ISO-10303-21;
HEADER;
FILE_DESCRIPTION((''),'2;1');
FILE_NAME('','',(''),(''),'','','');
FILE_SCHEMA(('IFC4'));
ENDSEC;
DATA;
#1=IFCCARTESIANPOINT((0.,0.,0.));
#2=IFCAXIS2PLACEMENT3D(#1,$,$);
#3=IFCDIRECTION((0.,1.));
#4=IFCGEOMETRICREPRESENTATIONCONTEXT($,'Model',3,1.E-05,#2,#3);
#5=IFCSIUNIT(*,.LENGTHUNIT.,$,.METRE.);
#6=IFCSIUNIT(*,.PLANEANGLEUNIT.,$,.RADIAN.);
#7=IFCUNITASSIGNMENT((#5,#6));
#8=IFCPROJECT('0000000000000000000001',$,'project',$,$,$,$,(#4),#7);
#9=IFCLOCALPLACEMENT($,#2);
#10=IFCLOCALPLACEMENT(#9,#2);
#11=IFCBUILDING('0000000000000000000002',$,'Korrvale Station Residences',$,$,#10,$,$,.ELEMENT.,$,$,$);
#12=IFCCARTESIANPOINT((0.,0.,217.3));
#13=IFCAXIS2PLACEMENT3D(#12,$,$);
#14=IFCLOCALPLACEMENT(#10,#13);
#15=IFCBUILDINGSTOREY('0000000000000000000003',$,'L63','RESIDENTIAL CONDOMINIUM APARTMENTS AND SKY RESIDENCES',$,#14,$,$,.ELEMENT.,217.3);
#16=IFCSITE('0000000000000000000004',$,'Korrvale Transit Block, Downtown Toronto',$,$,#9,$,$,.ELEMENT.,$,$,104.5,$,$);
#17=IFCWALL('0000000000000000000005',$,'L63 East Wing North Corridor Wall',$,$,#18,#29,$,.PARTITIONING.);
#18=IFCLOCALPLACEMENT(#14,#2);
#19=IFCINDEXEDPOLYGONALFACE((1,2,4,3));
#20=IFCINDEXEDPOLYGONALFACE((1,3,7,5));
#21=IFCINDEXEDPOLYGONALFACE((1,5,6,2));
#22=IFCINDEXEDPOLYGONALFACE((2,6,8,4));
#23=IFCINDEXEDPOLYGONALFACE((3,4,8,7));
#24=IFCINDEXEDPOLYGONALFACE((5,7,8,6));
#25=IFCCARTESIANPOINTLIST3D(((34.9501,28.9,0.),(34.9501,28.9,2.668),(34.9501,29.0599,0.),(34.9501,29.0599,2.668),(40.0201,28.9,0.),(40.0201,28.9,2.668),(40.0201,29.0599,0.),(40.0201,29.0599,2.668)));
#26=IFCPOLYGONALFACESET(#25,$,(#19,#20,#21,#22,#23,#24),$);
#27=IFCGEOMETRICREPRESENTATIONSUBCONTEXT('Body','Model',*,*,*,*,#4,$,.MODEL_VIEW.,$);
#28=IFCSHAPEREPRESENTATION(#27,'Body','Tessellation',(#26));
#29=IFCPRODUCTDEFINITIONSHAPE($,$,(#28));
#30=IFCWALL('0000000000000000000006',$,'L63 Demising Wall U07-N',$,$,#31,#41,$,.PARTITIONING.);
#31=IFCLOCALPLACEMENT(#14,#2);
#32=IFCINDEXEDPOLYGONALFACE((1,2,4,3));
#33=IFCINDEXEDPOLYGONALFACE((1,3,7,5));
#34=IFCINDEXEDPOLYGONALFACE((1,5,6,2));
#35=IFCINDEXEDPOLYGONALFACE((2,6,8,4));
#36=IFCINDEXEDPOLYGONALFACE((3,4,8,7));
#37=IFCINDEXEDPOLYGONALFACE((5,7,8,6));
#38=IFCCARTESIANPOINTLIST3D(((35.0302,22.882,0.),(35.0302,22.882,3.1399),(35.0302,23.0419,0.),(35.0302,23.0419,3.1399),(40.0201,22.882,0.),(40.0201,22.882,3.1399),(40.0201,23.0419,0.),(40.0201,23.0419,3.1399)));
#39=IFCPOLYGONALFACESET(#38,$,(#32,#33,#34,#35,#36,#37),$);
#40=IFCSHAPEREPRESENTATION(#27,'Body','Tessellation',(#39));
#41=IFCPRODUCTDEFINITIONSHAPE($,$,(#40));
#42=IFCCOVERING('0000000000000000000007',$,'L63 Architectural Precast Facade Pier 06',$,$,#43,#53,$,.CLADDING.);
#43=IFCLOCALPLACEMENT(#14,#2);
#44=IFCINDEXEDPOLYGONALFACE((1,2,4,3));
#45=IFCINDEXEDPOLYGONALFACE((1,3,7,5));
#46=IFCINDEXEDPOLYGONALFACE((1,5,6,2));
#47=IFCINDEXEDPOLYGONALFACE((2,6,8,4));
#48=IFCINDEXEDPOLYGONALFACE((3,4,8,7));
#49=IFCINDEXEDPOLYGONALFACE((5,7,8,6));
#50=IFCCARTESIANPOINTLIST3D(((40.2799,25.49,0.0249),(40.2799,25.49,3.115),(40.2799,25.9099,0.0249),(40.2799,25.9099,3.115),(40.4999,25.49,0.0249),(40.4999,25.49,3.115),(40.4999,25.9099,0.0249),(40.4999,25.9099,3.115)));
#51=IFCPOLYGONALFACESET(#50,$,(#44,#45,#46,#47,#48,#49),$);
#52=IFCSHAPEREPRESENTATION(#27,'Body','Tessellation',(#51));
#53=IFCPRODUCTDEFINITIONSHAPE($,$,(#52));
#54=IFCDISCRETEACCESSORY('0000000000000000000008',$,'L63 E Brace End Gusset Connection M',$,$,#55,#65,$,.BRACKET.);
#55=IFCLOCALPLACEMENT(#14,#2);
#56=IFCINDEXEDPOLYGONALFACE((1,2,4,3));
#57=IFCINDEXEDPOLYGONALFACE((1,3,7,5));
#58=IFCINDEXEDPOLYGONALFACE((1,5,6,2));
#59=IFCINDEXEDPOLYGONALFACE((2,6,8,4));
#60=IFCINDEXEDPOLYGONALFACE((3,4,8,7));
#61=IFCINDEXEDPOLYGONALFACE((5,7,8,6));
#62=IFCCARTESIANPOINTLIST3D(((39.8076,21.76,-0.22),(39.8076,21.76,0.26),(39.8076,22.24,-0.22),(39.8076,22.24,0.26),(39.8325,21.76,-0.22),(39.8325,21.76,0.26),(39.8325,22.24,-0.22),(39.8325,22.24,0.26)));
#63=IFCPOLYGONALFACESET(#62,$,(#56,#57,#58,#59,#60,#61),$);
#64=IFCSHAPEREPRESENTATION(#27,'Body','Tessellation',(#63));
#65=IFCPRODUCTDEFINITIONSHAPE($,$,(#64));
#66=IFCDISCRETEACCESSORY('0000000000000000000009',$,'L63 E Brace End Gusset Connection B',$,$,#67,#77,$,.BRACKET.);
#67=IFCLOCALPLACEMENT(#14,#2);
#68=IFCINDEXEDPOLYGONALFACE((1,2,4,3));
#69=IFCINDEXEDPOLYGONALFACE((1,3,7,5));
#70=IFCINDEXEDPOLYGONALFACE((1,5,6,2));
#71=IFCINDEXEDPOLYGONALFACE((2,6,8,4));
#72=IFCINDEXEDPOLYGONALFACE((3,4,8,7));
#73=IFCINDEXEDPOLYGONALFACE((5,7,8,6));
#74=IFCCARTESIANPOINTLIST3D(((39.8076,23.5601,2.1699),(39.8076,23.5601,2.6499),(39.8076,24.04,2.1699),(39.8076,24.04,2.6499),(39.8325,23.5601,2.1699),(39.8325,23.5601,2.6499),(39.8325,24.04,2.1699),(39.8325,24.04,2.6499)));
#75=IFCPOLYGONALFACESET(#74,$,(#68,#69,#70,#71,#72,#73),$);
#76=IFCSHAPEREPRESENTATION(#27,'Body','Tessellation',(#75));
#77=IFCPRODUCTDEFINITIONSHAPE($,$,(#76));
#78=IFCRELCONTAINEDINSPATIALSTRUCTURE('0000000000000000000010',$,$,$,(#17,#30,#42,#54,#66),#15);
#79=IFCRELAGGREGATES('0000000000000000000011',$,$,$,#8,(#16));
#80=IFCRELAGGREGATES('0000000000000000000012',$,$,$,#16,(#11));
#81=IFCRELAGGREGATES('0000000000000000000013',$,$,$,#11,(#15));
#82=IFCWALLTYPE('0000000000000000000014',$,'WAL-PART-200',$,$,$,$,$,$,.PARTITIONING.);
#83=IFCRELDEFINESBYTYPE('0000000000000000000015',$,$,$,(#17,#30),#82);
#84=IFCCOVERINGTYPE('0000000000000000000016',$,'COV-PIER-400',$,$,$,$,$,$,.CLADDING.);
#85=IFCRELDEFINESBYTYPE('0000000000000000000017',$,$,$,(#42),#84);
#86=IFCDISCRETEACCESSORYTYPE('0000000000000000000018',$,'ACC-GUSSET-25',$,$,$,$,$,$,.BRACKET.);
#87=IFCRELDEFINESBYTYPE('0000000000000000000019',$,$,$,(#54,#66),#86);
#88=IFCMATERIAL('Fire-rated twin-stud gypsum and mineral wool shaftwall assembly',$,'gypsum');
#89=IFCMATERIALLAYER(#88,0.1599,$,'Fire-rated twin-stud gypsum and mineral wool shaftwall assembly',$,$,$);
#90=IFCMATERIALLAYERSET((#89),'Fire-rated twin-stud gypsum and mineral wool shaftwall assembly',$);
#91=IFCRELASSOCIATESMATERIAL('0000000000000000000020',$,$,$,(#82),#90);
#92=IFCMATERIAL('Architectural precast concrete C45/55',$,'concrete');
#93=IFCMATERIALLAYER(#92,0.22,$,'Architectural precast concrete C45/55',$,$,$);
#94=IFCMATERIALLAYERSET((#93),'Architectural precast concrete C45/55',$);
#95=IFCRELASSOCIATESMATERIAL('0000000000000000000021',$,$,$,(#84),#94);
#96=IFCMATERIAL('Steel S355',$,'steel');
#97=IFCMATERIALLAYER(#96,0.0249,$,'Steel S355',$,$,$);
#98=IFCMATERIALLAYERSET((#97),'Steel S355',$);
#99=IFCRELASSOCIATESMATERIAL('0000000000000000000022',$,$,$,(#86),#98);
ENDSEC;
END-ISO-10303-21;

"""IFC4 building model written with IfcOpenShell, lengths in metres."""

from ifc_helpers import new_model, si_unit, direction, frame, frame_2d, origin, origin_2d, place, context, subcontext, project, spatial, rectangle, extrude, material, layer, layer_set, type_object, element, save


model = new_model("IFC4")

# Units and contexts
model_context = context("Model", 3, precision=1e-05, world=origin(), true_north=direction((0.0, 1.0)))
body_context = subcontext(model_context, "Body", "Model", "MODEL_VIEW")
ifc_project = project(units=[si_unit("LENGTHUNIT", "METRE"), si_unit("PLANEANGLEUNIT", "RADIAN")], contexts=[model_context])

# Site, building, storey
site_placement = place(None, origin())
site = spatial("IfcSite", under=ifc_project, at=site_placement, Name="Korrvale Transit Block, Downtown Toronto", CompositionType="ELEMENT", RefElevation=104.5)
building_placement = place(site_placement, origin())
building = spatial("IfcBuilding", under=site, at=building_placement, Name="Korrvale Station Residences", CompositionType="ELEMENT")
storey_placement = place(building_placement, frame((0.0, 0.0, 217.3)))
storey = spatial("IfcBuildingStorey", under=building, at=storey_placement, Name="L63", Description="RESIDENTIAL CONDOMINIUM APARTMENTS AND SKY RESIDENCES", CompositionType="ELEMENT", Elevation=217.3)

# Shared definitions
ifc_material_1 = material(Name="Steel S355", Category="steel")

# Walls
ifc_material_2 = material(Name="Fire-rated twin-stud gypsum and mineral wool shaftwall assembly", Category="gypsum")
ifc_layer_1 = layer(ifc_material_2, 0.1599, Name="Fire-rated twin-stud gypsum and mineral wool shaftwall assembly")
ifc_layer_set_1 = layer_set([ifc_layer_1], Name="Fire-rated twin-stud gypsum and mineral wool shaftwall assembly")
wall_type_1 = type_object("IfcWallType", Name="WAL-PART-200", PredefinedType="PARTITIONING", material=ifc_layer_set_1)
wall_1_placement = place(storey_placement, frame((34.95, 28.98, 0.0), z_axis=(0.0, 0.0, 1.0), x_axis=(1.0, 0.0, 0.0)))
element("IfcWall", 1, at=wall_1_placement, inside=storey, type_object=wall_type_1, Name="L63 East Wing North Corridor Wall", PredefinedType="PARTITIONING", context=body_context, shape_type="SweptSolid", body=[
    extrude(rectangle(XDim=5.0701, YDim=0.1599, at=frame_2d((2.5352, 0.0))), origin(), (0.0, 0.0, 1.0), 2.668),
])
wall_2_placement = place(storey_placement, frame((35.03, 22.9619, 0.0), z_axis=(0.0, 0.0, 1.0), x_axis=(1.0, 0.0, 0.0)))
element("IfcWall", 2, at=wall_2_placement, inside=storey, type_object=wall_type_1, Name="L63 Demising Wall U07-N", PredefinedType="PARTITIONING", context=body_context, shape_type="SweptSolid", body=[
    extrude(rectangle(XDim=4.99, YDim=0.1599, at=frame_2d((2.4951, 0.0))), origin(), (0.0, 0.0, 1.0), 3.1399),
])

# Covering
ifc_material_3 = material(Name="Architectural precast concrete C45/55", Category="concrete")
ifc_layer_2 = layer(ifc_material_3, 0.22, Name="Architectural precast concrete C45/55")
ifc_layer_set_2 = layer_set([ifc_layer_2], Name="Architectural precast concrete C45/55")
covering_type = type_object("IfcCoveringType", Name="COV-PIER-400", PredefinedType="CLADDING", material=ifc_layer_set_2)
covering_placement = place(storey_placement, frame((40.3899, 25.7, 0.0249), z_axis=(0.0, 0.0, 1.0), x_axis=(0.0, 1.0, 0.0)))
element("IfcCovering", 3, at=covering_placement, inside=storey, type_object=covering_type, Name="L63 Architectural Precast Facade Pier 06", PredefinedType="CLADDING", context=body_context, shape_type="SweptSolid", body=[
    extrude(rectangle(XDim=0.4199, YDim=0.22, at=origin_2d()), origin(), (0.0, 0.0, 1.0), 3.0901),
])

# Discrete accessories
ifc_layer_3 = layer(ifc_material_1, 0.0249, Name="Steel S355")
ifc_layer_set_3 = layer_set([ifc_layer_3], Name="Steel S355")
discrete_accessory_type = type_object("IfcDiscreteAccessoryType", Name="ACC-GUSSET-25", PredefinedType="BRACKET", material=ifc_layer_set_3)
for number, where, z_axis, x_axis, name in (
    (4, (39.8201, 22.0, -0.22), (0.0, 0.0, 1.0), (0.0, 1.0, 0.0), "L63 E Brace End Gusset Connection M"),
    (5, (39.8201, 23.8, 2.1699), (0.0, 0.0, 1.0), (0.0, 1.0, 0.0), "L63 E Brace End Gusset Connection B"),
):
    element("IfcDiscreteAccessory", number, at=place(storey_placement, frame(where, z_axis=z_axis, x_axis=x_axis)), inside=storey, type_object=discrete_accessory_type, Name=name, PredefinedType="BRACKET", context=body_context, shape_type="SweptSolid", body=[
        extrude(rectangle(XDim=0.48, YDim=0.0249, at=origin_2d()), origin(), (0.0, 0.0, 1.0), 0.48),
    ])

save(model, "model.ifc")
